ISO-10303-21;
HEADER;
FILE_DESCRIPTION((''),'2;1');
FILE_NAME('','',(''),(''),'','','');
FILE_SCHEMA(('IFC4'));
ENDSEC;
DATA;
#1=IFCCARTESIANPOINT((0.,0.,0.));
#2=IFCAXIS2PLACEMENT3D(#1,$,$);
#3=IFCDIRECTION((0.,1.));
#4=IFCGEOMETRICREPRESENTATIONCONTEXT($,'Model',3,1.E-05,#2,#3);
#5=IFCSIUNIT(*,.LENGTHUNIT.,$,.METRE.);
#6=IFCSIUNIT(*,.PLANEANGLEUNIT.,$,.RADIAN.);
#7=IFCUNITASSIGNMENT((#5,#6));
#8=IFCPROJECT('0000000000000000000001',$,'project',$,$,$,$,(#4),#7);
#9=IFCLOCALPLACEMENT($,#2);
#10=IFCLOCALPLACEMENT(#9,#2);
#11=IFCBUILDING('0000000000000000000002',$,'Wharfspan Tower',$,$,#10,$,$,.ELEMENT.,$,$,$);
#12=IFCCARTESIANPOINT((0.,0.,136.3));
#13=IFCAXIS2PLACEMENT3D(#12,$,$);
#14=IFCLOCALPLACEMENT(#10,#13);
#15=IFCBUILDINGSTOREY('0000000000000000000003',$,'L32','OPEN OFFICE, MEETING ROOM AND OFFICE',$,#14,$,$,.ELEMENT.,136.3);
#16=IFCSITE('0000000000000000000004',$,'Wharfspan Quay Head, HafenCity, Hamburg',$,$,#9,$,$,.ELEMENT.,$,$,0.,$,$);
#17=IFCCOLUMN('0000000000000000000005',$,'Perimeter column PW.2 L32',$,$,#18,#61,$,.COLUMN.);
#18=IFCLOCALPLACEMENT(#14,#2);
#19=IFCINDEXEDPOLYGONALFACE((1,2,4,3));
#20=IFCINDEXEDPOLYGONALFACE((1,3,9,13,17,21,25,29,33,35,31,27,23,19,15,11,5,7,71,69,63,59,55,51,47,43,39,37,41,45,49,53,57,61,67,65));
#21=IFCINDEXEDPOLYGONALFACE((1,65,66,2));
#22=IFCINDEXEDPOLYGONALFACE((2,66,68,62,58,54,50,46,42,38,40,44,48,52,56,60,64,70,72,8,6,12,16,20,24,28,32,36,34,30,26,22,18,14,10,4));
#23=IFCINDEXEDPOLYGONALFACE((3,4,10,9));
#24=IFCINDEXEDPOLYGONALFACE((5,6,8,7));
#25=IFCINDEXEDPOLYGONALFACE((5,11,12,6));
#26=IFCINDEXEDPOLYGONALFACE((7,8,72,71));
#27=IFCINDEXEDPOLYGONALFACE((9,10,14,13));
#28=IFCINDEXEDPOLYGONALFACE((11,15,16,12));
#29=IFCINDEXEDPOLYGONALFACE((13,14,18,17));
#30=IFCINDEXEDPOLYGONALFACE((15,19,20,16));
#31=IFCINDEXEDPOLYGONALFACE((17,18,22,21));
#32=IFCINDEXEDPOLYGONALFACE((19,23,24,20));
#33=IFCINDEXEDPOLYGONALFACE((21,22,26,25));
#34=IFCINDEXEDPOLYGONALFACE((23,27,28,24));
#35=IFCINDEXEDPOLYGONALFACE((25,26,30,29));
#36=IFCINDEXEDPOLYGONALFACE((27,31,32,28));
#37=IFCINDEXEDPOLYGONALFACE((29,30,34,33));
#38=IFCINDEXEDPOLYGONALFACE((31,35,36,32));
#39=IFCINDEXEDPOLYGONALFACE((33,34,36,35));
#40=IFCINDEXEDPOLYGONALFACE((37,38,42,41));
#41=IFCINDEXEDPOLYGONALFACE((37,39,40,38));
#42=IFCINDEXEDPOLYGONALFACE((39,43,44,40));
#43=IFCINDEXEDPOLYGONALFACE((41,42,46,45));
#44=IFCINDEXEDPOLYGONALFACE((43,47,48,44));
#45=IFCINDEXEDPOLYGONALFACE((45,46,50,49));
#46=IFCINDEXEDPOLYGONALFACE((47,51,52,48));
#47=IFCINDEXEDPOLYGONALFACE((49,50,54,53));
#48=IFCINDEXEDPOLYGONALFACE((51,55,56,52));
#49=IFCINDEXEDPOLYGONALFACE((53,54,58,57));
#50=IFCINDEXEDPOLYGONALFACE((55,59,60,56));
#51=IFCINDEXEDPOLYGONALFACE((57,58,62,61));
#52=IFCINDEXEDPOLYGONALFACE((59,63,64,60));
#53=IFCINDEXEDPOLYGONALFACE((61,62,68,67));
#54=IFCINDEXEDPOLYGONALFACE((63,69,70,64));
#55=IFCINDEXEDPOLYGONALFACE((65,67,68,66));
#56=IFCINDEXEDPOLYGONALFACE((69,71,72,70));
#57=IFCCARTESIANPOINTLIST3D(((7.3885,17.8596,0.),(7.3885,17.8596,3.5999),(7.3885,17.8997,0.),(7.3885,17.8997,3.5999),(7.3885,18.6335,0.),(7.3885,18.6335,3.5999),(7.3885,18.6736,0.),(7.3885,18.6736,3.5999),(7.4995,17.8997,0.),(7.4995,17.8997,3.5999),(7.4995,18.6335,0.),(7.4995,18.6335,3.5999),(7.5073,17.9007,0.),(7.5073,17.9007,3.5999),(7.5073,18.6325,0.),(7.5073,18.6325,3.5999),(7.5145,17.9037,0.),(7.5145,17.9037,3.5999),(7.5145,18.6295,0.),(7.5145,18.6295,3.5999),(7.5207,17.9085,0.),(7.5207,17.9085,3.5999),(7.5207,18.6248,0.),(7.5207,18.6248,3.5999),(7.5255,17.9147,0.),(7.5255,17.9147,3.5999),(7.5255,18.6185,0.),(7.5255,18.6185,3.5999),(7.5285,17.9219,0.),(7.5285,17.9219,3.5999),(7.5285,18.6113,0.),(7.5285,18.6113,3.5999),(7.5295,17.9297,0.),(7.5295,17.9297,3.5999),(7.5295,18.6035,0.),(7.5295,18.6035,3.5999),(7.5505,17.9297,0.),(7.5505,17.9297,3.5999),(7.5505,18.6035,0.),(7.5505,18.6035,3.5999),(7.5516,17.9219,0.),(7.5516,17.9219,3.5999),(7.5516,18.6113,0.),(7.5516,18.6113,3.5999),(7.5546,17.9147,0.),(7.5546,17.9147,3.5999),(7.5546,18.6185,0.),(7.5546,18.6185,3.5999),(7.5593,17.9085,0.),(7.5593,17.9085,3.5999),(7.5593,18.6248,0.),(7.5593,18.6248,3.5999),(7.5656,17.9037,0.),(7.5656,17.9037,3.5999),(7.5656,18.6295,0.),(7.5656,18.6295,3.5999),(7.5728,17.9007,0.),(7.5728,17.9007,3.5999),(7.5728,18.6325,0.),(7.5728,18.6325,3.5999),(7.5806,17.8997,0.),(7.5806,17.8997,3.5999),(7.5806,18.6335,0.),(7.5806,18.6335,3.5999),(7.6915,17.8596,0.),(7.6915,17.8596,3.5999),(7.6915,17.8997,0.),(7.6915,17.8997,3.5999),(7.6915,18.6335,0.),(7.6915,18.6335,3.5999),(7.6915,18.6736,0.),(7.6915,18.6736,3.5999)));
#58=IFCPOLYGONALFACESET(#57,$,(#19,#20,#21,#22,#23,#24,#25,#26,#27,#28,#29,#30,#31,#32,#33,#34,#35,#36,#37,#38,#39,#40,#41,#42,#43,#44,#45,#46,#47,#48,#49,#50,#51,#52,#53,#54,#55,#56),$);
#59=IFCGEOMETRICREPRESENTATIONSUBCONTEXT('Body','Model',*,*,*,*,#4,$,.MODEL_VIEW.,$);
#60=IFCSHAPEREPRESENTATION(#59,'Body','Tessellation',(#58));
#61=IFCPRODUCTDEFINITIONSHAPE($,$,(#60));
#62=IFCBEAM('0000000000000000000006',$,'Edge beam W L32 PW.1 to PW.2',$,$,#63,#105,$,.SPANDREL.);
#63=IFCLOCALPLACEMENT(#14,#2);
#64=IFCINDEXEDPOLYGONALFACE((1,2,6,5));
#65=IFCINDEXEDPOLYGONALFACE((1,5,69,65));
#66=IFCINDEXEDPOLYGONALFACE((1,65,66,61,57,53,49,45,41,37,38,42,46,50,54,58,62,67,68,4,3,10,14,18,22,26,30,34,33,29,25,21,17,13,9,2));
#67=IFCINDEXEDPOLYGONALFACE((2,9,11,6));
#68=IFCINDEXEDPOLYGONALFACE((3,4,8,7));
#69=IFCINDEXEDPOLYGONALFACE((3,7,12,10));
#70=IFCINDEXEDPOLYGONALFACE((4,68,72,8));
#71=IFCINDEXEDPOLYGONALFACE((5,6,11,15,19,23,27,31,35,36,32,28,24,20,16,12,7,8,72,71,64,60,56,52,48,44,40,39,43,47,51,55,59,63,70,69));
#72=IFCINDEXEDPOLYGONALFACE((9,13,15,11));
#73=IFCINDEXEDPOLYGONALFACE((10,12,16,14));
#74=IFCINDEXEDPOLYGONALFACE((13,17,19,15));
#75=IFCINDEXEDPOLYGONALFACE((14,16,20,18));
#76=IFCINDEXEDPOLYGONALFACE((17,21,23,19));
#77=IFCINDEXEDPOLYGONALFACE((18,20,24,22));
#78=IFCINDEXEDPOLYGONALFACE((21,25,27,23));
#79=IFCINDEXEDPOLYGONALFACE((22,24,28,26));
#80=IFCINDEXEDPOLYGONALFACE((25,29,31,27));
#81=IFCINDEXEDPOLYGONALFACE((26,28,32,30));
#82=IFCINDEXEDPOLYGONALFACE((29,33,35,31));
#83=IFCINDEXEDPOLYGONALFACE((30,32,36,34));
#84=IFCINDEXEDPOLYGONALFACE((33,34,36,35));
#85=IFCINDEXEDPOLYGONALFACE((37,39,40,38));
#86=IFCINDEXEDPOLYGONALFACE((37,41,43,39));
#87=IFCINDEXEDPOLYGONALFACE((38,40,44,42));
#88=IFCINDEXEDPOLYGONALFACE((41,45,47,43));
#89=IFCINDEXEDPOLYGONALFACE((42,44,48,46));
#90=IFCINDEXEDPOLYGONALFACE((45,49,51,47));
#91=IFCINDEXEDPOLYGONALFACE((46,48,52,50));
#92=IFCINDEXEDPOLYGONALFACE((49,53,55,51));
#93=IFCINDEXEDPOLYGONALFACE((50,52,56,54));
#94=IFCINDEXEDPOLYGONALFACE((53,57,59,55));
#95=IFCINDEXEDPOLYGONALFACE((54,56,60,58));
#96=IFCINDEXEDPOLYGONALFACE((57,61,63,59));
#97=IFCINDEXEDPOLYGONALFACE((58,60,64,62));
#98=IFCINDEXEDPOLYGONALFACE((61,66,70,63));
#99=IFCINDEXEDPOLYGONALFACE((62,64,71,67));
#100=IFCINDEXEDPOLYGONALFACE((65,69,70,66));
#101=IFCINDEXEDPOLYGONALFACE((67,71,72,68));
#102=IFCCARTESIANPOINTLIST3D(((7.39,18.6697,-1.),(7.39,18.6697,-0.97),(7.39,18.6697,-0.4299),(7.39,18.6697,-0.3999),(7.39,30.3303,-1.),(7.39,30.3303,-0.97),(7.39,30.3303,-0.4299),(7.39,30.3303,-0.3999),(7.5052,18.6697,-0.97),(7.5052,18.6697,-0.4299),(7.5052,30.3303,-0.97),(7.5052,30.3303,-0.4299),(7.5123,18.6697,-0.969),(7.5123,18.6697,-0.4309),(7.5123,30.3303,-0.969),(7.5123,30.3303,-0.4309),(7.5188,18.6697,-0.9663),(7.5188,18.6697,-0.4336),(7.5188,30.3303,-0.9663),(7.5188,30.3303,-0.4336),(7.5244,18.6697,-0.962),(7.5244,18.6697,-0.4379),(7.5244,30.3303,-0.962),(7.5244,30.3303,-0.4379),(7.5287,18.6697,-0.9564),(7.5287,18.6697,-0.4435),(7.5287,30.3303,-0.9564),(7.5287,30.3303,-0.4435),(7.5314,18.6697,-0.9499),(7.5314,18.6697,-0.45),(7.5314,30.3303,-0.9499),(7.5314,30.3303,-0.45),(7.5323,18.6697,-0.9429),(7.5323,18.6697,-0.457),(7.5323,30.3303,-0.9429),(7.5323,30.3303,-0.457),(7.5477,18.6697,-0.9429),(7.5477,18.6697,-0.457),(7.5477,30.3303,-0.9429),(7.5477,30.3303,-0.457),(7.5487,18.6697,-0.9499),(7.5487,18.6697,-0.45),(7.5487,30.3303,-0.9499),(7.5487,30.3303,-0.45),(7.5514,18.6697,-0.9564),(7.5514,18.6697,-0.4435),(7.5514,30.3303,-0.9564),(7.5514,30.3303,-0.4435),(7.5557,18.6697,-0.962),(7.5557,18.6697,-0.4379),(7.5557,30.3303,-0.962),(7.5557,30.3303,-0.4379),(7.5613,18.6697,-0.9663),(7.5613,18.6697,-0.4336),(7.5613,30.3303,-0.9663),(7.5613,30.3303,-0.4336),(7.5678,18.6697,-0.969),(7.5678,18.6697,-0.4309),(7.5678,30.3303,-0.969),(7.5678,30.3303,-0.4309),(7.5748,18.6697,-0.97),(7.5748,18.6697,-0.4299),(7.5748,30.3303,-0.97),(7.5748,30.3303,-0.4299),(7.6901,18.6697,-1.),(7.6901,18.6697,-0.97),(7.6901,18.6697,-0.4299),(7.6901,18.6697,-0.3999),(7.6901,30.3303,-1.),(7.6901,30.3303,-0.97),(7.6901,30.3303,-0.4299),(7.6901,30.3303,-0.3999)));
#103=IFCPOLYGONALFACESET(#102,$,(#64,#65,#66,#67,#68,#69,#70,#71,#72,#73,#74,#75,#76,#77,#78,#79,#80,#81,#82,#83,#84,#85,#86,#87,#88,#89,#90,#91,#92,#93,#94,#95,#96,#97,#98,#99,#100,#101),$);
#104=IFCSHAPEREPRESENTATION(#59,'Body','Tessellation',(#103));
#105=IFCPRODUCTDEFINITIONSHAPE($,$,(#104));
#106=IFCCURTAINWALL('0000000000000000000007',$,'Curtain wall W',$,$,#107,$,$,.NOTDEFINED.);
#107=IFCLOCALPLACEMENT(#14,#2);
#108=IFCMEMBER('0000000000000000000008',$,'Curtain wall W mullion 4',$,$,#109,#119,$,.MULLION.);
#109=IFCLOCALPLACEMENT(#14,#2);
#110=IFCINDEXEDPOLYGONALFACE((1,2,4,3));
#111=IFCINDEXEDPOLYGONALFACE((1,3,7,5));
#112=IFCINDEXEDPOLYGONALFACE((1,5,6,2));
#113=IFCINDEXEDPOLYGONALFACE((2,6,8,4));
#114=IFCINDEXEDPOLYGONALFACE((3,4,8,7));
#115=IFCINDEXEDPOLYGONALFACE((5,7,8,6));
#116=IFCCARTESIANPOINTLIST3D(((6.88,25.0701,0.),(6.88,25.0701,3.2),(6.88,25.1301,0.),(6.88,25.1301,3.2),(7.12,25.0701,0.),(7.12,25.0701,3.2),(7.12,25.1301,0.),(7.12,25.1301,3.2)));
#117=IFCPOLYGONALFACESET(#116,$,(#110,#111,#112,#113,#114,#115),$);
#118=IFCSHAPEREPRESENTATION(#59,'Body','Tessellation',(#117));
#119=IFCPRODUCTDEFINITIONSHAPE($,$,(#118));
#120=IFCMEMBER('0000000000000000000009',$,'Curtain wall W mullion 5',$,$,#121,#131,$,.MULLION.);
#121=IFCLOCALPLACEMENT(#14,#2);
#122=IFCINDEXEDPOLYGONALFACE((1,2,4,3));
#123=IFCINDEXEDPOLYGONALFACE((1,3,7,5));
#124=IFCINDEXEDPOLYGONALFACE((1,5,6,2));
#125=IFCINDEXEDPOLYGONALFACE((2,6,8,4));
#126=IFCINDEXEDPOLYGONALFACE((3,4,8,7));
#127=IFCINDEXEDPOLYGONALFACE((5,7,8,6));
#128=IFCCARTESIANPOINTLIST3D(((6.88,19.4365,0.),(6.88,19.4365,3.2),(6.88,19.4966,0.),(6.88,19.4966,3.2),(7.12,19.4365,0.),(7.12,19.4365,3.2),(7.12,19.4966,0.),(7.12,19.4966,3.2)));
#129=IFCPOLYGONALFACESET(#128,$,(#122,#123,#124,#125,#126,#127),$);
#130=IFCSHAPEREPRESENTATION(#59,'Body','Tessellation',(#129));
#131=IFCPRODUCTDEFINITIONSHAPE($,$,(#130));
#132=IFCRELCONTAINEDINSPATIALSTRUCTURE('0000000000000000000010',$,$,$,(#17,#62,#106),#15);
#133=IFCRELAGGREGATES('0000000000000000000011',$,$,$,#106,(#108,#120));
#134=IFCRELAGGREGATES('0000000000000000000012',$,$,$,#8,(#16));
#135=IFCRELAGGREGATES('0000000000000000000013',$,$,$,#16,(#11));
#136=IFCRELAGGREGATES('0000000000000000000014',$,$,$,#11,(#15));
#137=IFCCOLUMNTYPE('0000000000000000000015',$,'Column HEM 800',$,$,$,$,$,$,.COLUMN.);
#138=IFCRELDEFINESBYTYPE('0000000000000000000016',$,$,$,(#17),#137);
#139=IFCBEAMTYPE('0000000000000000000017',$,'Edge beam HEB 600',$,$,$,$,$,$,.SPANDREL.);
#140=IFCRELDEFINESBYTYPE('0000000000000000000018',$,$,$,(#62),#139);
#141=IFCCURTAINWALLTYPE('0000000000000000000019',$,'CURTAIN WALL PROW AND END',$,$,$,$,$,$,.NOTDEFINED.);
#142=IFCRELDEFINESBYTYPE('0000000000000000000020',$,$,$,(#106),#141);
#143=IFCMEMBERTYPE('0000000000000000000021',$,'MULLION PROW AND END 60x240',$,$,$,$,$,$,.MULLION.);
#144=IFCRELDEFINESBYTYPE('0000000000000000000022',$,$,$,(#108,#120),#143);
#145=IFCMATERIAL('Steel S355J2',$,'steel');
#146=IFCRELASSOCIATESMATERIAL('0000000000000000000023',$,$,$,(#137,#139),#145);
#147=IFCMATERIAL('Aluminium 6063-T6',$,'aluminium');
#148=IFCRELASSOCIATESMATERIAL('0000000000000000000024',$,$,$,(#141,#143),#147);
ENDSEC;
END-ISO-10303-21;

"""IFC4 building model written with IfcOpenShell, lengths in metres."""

from ifc_helpers import new_model, si_unit, direction, frame, origin, origin_2d, place, context, subcontext, project, spatial, rectangle, i_section, extrude, material, material_profile, profile_set, type_object, element, aggregate, save


model = new_model("IFC4")

# Units and contexts
model_context = context("Model", 3, precision=1e-05, world=origin(), true_north=direction((0.0, 1.0)))
body_context = subcontext(model_context, "Body", "Model", "MODEL_VIEW")
ifc_project = project(units=[si_unit("LENGTHUNIT", "METRE"), si_unit("PLANEANGLEUNIT", "RADIAN")], contexts=[model_context])

# Site, building, storey
site_placement = place(None, origin())
site = spatial("IfcSite", under=ifc_project, at=site_placement, Name="Wharfspan Quay Head, HafenCity, Hamburg", CompositionType="ELEMENT", RefElevation=0.0)
building_placement = place(site_placement, origin())
building = spatial("IfcBuilding", under=site, at=building_placement, Name="Wharfspan Tower", CompositionType="ELEMENT")
storey_placement = place(building_placement, frame((0.0, 0.0, 136.3)))
storey = spatial("IfcBuildingStorey", under=building, at=storey_placement, Name="L32", Description="OPEN OFFICE, MEETING ROOM AND OFFICE", CompositionType="ELEMENT", Elevation=136.3)

# Column
ifc_material_1 = material(Name="Steel S355J2", Category="steel")
ifc_material_profile_1 = material_profile(ifc_material_1, i_section(OverallWidth=0.303, OverallDepth=0.814, WebThickness=0.021, FlangeThickness=0.04, FilletRadius=0.03, at=origin_2d()))
ifc_profile_set_1 = profile_set([ifc_material_profile_1], Name="Steel S355J2")
column_type = type_object("IfcColumnType", Name="Column HEM 800", PredefinedType="COLUMN", material=ifc_profile_set_1)
column_placement = place(storey_placement, frame((7.54, 18.2666, 0.0), z_axis=(0.0, 0.0, 1.0), x_axis=(-1.0, 0.0, 0.0)))
element("IfcColumn", 1, at=column_placement, inside=storey, type_object=column_type, Name="Perimeter column PW.2 L32", PredefinedType="COLUMN", context=body_context, shape_type="SweptSolid", body=[
    extrude(i_section(OverallWidth=0.303, OverallDepth=0.814, WebThickness=0.021, FlangeThickness=0.04, FilletRadius=0.03, at=origin_2d()), origin(), (0.0, 0.0, 1.0), 3.5999),
])

# Beam
ifc_material_profile_2 = material_profile(ifc_material_1, i_section(OverallWidth=0.3, OverallDepth=0.6001, WebThickness=0.0154, FlangeThickness=0.03, FilletRadius=0.0271, at=origin_2d()))
ifc_profile_set_2 = profile_set([ifc_material_profile_2], Name="Steel S355J2")
beam_type = type_object("IfcBeamType", Name="Edge beam HEB 600", PredefinedType="SPANDREL", material=ifc_profile_set_2)
beam_placement = place(storey_placement, frame((7.54, 30.3303, -0.7), z_axis=(0.0, -1.0, 0.0), x_axis=(1.0, 0.0, 0.0)))
element("IfcBeam", 2, at=beam_placement, inside=storey, type_object=beam_type, Name="Edge beam W L32 PW.1 to PW.2", PredefinedType="SPANDREL", context=body_context, shape_type="SweptSolid", body=[
    extrude(i_section(OverallWidth=0.3, OverallDepth=0.6001, WebThickness=0.0154, FlangeThickness=0.03, FilletRadius=0.0271, at=origin_2d()), origin(), (0.0, 0.0, 1.0), 11.6606),
])

# Curtain wall, members
ifc_material_2 = material(Name="Aluminium 6063-T6", Category="aluminium")
curtain_wall_type = type_object("IfcCurtainWallType", Name="CURTAIN WALL PROW AND END", PredefinedType="NOTDEFINED", material=ifc_material_2)
curtain_wall_placement = place(storey_placement, origin())
curtain_wall = element("IfcCurtainWall", 3, at=curtain_wall_placement, inside=storey, type_object=curtain_wall_type, Name="Curtain wall W", PredefinedType="NOTDEFINED")
ifc_material_profile_3 = material_profile(ifc_material_2, rectangle(XDim=0.24, YDim=0.0601, at=origin_2d()))
ifc_profile_set_3 = profile_set([ifc_material_profile_3], Name="Aluminium 6063-T6")
member_type_1 = type_object("IfcMemberType", Name="MULLION PROW AND END 60x240", PredefinedType="MULLION", material=ifc_profile_set_3)
member_1_placement = place(storey_placement, frame((7.0, 25.1001, 0.0), z_axis=(0.0, 0.0, 1.0), x_axis=(1.0, 0.0, 0.0)))
member_1 = element("IfcMember", 4, at=member_1_placement, type_object=member_type_1, Name="Curtain wall W mullion 4", PredefinedType="MULLION", context=body_context, shape_type="SweptSolid", body=[
    extrude(rectangle(XDim=0.24, YDim=0.0601, at=origin_2d()), origin(), (0.0, 0.0, 1.0), 3.2),
])
member_2_placement = place(storey_placement, frame((7.0, 19.4666, 0.0), z_axis=(0.0, 0.0, 1.0), x_axis=(1.0, 0.0, 0.0)))
member_2 = element("IfcMember", 5, at=member_2_placement, type_object=member_type_1, Name="Curtain wall W mullion 5", PredefinedType="MULLION", context=body_context, shape_type="SweptSolid", body=[
    extrude(rectangle(XDim=0.24, YDim=0.0601, at=origin_2d()), origin(), (0.0, 0.0, 1.0), 3.2),
])

aggregate(curtain_wall, [member_1, member_2])

save(model, "model.ifc")
